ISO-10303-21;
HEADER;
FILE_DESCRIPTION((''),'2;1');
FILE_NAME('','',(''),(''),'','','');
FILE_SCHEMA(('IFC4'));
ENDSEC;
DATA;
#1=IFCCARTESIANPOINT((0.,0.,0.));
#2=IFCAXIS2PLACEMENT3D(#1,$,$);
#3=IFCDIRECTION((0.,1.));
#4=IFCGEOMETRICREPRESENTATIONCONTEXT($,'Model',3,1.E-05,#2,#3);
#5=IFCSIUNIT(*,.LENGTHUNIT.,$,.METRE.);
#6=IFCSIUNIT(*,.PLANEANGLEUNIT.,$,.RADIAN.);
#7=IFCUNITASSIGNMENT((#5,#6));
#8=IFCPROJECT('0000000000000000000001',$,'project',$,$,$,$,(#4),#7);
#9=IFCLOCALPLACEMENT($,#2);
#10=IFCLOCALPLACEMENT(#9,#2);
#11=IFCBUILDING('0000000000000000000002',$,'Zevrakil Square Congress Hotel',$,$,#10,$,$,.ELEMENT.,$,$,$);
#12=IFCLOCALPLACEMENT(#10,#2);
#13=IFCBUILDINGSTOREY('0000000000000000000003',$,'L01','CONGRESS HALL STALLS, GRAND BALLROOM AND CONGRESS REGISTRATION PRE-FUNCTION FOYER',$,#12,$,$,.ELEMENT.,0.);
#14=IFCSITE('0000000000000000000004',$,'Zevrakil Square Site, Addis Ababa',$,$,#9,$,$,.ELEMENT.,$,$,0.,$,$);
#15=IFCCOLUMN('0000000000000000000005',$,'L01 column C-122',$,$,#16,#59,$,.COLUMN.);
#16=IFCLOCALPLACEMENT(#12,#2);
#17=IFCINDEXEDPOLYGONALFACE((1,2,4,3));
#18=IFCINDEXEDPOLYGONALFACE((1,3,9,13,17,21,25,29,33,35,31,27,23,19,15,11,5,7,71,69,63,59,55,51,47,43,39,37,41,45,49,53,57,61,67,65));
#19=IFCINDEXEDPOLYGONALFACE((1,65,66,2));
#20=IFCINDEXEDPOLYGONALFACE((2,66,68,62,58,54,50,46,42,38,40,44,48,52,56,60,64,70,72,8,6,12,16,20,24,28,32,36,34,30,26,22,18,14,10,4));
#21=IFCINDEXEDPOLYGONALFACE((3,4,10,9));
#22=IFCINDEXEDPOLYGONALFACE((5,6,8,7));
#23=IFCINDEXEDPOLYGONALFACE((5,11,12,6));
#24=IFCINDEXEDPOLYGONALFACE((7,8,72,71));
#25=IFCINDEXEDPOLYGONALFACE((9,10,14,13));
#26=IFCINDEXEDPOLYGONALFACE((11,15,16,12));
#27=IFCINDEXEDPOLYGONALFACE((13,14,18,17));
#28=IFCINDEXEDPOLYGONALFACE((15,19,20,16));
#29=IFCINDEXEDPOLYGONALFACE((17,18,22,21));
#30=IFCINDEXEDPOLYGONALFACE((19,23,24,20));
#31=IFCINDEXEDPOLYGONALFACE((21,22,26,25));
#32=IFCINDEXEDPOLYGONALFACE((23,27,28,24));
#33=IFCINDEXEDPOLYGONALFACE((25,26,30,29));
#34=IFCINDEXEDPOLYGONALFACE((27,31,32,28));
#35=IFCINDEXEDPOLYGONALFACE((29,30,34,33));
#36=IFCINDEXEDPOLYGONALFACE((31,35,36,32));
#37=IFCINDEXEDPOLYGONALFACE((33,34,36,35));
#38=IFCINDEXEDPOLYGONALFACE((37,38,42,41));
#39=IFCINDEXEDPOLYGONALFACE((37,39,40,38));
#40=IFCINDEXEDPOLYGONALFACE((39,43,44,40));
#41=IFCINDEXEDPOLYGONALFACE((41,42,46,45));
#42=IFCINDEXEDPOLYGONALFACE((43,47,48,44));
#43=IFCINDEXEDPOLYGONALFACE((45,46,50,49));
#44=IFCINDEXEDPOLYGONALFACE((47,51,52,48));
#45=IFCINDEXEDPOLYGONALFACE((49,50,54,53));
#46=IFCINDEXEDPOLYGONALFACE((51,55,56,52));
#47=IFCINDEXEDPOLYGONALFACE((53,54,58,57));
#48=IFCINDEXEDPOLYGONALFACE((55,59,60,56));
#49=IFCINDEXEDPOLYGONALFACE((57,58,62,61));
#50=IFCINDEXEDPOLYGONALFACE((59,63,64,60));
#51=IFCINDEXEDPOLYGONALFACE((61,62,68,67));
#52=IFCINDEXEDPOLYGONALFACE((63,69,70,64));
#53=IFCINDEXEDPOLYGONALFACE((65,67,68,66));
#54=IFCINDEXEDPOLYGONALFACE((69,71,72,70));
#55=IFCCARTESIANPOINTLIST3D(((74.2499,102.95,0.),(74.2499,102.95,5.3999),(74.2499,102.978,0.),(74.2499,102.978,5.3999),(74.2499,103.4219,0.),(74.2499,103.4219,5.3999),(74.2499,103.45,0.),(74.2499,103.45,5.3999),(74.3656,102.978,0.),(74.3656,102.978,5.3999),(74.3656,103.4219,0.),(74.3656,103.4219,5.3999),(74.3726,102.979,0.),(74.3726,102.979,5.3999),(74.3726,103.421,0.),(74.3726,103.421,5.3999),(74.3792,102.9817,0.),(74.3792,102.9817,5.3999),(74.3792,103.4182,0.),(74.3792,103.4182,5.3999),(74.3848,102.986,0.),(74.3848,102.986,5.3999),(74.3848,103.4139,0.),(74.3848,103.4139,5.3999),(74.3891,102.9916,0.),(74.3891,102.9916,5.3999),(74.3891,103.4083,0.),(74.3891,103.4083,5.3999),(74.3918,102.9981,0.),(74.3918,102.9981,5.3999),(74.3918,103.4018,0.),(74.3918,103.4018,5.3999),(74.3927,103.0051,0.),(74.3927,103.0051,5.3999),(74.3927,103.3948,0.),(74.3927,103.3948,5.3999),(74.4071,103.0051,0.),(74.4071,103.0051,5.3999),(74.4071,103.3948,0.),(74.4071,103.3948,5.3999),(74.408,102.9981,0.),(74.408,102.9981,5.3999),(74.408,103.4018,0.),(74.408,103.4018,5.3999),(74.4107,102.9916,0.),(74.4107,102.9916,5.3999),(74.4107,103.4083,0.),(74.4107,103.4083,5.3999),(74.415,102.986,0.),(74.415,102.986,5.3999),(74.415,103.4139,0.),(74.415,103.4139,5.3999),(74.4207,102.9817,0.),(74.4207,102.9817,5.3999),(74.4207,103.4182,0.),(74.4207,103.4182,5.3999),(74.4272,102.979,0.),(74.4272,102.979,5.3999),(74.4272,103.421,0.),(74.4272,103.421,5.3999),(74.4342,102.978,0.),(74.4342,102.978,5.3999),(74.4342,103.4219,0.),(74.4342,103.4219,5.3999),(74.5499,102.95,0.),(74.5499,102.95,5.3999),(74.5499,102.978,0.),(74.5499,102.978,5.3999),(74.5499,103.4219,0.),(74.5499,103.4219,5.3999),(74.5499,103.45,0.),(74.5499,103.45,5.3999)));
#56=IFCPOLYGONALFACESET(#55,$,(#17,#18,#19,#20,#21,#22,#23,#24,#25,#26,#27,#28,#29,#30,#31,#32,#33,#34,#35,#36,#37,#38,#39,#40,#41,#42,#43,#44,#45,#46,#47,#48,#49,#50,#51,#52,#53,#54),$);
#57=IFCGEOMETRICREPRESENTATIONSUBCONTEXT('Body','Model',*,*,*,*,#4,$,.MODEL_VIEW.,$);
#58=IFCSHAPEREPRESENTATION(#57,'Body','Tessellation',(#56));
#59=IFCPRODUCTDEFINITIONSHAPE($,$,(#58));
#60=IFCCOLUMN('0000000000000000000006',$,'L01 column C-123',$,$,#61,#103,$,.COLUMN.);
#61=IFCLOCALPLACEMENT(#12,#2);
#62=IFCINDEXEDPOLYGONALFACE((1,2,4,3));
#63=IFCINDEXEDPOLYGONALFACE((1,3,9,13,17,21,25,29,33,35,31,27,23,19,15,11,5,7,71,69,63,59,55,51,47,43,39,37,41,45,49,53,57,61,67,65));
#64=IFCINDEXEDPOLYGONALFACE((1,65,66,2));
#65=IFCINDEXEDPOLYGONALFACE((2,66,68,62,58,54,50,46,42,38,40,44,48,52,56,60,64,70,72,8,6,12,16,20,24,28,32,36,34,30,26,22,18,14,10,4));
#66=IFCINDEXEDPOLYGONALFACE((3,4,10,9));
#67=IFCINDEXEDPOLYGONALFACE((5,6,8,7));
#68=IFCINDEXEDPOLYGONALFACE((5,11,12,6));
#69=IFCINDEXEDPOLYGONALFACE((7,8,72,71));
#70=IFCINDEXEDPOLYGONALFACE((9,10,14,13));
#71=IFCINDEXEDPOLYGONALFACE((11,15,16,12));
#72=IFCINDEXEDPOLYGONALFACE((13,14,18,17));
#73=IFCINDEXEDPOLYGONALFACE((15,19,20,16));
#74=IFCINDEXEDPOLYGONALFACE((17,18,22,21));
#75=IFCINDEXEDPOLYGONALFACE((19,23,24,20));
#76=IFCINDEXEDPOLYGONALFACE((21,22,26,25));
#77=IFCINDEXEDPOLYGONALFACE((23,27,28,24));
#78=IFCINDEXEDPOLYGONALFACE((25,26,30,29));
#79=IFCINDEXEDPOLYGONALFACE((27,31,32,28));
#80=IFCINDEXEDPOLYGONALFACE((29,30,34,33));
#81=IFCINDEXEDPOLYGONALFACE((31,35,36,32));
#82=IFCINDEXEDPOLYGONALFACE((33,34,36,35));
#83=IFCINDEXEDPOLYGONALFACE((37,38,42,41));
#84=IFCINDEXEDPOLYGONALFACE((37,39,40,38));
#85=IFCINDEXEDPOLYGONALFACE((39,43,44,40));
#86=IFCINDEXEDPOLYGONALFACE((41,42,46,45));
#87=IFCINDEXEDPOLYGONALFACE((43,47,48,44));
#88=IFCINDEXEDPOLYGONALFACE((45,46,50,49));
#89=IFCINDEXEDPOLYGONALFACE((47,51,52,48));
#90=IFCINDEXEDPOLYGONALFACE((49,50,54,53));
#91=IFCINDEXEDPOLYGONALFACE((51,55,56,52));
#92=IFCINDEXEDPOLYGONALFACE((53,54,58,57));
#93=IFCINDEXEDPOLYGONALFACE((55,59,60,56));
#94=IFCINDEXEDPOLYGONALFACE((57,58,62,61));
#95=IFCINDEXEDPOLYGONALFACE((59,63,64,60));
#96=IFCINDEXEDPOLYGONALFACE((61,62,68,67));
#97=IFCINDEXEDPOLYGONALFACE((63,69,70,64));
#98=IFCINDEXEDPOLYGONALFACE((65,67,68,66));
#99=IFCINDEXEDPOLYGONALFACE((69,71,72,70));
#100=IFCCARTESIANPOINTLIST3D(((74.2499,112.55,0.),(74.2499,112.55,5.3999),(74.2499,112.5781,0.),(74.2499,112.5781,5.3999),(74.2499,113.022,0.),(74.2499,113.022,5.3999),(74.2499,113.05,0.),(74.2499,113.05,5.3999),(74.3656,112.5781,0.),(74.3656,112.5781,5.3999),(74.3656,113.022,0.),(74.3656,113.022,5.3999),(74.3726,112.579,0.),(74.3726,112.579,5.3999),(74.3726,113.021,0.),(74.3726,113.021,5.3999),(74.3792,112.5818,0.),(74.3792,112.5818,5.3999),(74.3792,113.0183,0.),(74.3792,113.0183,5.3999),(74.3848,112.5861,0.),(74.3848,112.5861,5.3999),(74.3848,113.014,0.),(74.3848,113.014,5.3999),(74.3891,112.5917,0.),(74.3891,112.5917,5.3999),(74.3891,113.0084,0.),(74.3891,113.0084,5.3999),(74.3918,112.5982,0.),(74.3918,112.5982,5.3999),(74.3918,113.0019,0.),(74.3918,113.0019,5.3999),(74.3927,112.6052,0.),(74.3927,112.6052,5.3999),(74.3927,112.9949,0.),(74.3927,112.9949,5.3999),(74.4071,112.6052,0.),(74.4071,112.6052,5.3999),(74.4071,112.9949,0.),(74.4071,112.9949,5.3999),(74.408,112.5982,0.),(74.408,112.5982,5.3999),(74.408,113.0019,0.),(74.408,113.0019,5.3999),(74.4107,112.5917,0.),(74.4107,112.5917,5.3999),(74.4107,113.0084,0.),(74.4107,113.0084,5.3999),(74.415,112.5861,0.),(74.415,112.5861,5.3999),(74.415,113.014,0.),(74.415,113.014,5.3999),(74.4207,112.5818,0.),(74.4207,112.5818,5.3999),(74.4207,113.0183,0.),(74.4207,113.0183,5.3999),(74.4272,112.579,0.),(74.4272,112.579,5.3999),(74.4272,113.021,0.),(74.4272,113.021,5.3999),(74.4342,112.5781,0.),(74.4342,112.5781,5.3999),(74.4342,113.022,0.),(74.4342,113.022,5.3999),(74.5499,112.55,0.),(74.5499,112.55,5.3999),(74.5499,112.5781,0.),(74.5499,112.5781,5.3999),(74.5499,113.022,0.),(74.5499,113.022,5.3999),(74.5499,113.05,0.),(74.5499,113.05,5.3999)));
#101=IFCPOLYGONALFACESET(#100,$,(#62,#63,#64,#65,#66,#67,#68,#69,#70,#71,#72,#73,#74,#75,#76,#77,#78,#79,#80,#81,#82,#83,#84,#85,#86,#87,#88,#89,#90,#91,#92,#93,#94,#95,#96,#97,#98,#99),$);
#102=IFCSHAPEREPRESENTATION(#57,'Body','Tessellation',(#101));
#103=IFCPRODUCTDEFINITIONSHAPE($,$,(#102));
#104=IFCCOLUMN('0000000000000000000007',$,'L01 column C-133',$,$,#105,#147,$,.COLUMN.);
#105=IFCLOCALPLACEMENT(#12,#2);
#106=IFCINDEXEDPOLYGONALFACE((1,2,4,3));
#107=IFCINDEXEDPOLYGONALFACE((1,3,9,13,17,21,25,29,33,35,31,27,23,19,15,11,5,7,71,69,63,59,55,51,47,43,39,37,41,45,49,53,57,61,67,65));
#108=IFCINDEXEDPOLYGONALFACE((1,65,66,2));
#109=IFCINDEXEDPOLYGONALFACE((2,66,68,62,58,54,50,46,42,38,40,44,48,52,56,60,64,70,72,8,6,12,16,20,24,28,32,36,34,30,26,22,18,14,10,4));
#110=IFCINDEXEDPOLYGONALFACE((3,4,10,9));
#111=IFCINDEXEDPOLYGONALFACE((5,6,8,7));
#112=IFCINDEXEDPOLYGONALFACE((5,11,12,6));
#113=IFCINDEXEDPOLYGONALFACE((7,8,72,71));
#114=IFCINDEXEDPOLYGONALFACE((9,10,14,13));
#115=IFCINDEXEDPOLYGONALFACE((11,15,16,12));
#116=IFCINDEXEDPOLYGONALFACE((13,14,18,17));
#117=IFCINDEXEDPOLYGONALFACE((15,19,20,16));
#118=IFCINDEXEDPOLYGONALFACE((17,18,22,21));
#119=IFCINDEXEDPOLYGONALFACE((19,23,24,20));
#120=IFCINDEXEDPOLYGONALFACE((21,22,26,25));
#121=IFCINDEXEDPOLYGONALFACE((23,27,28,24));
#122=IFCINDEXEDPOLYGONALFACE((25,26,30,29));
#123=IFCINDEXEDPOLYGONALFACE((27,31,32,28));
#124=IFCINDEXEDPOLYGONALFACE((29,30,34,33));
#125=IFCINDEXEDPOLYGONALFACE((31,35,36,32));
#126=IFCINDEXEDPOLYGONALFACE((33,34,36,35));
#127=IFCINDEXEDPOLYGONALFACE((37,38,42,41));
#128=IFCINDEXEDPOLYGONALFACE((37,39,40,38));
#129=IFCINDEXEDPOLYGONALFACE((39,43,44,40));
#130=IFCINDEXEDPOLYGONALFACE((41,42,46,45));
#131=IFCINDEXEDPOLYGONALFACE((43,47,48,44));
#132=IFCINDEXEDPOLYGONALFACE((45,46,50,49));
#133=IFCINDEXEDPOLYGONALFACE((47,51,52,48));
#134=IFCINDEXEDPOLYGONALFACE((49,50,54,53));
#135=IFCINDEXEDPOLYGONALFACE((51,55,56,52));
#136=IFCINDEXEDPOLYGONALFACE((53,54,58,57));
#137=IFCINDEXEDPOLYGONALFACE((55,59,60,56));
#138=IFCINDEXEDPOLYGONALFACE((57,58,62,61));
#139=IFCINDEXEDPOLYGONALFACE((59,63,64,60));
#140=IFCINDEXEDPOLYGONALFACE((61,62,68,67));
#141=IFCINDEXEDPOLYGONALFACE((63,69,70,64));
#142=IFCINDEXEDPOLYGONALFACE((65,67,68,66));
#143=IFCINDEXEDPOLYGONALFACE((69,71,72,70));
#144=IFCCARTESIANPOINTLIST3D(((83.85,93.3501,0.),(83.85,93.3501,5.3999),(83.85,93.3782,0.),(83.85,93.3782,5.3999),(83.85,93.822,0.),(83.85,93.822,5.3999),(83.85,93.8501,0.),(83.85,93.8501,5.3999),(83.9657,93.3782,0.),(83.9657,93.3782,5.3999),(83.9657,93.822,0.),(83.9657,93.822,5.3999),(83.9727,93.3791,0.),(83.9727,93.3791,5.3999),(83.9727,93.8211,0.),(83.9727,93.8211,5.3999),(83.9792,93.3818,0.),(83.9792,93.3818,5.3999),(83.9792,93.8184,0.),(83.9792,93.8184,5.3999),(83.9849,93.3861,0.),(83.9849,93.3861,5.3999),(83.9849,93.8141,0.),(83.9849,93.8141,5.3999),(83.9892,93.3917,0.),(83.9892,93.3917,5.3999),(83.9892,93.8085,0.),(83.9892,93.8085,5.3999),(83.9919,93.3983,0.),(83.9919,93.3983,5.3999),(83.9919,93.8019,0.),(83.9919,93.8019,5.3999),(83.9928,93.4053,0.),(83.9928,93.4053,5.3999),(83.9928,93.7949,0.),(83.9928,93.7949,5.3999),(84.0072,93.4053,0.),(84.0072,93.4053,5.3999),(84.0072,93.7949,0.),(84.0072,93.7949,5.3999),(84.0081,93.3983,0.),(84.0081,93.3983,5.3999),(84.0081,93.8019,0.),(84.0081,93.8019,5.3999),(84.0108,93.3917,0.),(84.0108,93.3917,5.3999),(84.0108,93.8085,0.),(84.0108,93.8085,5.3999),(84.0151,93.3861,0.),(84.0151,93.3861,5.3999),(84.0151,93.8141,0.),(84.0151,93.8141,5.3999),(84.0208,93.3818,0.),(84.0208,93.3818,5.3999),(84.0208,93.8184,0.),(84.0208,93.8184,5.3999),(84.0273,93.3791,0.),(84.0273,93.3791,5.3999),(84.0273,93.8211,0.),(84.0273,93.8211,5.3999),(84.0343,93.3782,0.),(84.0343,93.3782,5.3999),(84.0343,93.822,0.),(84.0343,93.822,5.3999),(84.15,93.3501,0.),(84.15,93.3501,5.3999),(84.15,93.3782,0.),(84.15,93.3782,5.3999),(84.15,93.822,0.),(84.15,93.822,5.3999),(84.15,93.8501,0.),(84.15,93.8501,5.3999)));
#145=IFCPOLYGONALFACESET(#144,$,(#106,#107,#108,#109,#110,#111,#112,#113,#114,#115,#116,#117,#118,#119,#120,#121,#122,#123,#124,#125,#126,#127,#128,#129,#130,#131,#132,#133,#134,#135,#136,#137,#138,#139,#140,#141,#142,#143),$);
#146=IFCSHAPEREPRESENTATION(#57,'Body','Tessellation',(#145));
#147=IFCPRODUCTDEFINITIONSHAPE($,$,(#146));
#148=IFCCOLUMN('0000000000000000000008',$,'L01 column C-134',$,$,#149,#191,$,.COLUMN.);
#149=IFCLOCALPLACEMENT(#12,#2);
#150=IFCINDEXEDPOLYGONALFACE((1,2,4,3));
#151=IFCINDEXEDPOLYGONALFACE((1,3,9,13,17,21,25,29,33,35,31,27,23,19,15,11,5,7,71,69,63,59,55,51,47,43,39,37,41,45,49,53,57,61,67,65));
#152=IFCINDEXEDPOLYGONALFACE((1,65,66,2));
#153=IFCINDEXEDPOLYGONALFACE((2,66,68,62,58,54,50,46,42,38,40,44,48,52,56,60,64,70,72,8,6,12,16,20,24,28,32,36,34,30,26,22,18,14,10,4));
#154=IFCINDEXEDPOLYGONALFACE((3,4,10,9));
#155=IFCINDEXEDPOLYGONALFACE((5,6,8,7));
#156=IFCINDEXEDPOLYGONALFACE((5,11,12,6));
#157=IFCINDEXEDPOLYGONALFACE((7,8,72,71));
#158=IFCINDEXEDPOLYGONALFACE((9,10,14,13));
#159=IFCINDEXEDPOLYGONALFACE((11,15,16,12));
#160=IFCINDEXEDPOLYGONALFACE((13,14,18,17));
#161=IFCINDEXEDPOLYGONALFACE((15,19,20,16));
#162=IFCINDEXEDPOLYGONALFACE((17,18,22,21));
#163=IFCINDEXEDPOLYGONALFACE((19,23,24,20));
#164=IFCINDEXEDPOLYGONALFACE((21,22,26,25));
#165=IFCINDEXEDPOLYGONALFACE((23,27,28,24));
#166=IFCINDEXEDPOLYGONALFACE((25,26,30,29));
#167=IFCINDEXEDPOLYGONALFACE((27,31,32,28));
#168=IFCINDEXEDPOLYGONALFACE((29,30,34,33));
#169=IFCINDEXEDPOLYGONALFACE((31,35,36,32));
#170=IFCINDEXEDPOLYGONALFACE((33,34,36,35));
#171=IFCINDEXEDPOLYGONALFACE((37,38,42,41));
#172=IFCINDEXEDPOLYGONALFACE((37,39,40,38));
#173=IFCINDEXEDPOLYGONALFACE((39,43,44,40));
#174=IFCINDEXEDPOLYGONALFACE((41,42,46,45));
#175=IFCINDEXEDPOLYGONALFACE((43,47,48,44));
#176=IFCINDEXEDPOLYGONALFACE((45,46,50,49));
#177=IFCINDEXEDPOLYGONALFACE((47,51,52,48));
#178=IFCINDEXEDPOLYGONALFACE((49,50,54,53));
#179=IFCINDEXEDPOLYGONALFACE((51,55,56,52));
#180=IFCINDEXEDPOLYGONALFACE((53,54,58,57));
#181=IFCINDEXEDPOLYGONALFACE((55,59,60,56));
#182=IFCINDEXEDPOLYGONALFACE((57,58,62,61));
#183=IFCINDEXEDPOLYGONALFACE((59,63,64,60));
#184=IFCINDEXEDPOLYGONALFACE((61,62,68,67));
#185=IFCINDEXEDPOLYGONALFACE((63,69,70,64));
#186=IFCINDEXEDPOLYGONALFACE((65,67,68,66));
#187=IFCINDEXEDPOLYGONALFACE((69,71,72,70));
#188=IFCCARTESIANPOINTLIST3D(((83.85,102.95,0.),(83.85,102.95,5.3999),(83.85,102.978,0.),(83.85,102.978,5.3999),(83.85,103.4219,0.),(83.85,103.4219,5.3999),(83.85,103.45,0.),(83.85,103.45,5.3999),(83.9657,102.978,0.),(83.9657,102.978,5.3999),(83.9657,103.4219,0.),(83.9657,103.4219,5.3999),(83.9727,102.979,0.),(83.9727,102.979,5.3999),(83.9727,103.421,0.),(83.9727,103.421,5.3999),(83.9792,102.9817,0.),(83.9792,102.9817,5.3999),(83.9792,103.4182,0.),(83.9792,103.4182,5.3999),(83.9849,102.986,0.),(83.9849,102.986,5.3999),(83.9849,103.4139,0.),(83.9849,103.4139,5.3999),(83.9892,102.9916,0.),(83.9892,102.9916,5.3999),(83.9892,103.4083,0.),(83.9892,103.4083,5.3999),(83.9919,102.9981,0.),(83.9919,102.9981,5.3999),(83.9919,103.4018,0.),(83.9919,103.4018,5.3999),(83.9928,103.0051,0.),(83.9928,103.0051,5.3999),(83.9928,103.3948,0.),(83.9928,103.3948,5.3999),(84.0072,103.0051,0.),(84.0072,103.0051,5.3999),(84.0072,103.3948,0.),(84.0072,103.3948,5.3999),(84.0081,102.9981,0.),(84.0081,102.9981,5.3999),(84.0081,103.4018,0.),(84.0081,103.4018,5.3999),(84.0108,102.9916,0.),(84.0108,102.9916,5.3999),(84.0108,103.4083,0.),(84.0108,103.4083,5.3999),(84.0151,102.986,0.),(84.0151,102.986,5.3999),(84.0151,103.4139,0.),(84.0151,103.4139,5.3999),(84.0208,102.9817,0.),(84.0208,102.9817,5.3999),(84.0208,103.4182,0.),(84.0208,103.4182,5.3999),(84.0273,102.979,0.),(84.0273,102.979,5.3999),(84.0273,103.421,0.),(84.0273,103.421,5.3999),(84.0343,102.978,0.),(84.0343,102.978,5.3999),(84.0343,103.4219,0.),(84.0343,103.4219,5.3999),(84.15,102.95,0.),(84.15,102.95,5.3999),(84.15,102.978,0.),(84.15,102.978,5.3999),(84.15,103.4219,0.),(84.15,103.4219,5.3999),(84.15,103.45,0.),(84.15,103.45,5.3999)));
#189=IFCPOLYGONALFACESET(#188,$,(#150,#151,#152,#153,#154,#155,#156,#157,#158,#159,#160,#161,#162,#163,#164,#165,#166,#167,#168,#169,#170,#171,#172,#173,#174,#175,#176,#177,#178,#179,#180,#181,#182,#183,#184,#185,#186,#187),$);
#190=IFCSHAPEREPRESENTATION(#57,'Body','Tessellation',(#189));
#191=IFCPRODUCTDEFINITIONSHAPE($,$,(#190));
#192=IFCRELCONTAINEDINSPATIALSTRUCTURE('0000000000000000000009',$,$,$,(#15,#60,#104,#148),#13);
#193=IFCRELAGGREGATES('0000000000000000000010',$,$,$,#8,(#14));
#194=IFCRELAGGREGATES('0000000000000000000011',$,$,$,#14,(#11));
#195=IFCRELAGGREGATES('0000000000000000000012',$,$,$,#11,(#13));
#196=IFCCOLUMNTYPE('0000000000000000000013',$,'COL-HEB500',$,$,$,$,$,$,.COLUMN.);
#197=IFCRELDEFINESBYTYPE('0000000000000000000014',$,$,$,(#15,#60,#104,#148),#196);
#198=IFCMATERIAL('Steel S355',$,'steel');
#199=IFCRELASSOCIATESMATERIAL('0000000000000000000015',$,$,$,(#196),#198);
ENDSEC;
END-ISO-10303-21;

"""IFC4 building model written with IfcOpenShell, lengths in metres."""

from ifc_helpers import new_model, si_unit, direction, frame, origin, origin_2d, place, context, subcontext, project, spatial, i_section, extrude, material, material_profile, profile_set, type_object, element, save


model = new_model("IFC4")

# Units and contexts
model_context = context("Model", 3, precision=1e-05, world=origin(), true_north=direction((0.0, 1.0)))
body_context = subcontext(model_context, "Body", "Model", "MODEL_VIEW")
ifc_project = project(units=[si_unit("LENGTHUNIT", "METRE"), si_unit("PLANEANGLEUNIT", "RADIAN")], contexts=[model_context])

# Site, building, storey
site_placement = place(None, origin())
site = spatial("IfcSite", under=ifc_project, at=site_placement, Name="Zevrakil Square Site, Addis Ababa", CompositionType="ELEMENT", RefElevation=0.0)
building_placement = place(site_placement, origin())
building = spatial("IfcBuilding", under=site, at=building_placement, Name="Zevrakil Square Congress Hotel", CompositionType="ELEMENT")
storey_placement = place(building_placement, origin())
storey = spatial("IfcBuildingStorey", under=building, at=storey_placement, Name="L01", Description="CONGRESS HALL STALLS, GRAND BALLROOM AND CONGRESS REGISTRATION PRE-FUNCTION FOYER", CompositionType="ELEMENT", Elevation=0.0)

# Columns
ifc_material_1 = material(Name="Steel S355", Category="steel")
ifc_material_profile_1 = material_profile(ifc_material_1, i_section(OverallWidth=0.3, OverallDepth=0.5, WebThickness=0.0144, FlangeThickness=0.0281, FilletRadius=0.0271, at=origin_2d()), Name="HEB 500")
ifc_profile_set_1 = profile_set([ifc_material_profile_1], Name="Steel S355")
column_type = type_object("IfcColumnType", Name="COL-HEB500", PredefinedType="COLUMN", material=ifc_profile_set_1)
for number, where, z_axis, x_axis, name in (
    (1, (74.3999, 103.2, 0.0), (0.0, 0.0, 1.0), (1.0, 0.0, 0.0), "L01 column C-122"),
    (2, (74.3999, 112.8, 0.0), (0.0, 0.0, 1.0), (1.0, 0.0, 0.0), "L01 column C-123"),
    (3, (84.0, 93.6001, 0.0), (0.0, 0.0, 1.0), (1.0, 0.0, 0.0), "L01 column C-133"),
    (4, (84.0, 103.2, 0.0), (0.0, 0.0, 1.0), (1.0, 0.0, 0.0), "L01 column C-134"),
):
    element("IfcColumn", number, at=place(storey_placement, frame(where, z_axis=z_axis, x_axis=x_axis)), inside=storey, type_object=column_type, Name=name, PredefinedType="COLUMN", context=body_context, shape_type="SweptSolid", body=[
        extrude(i_section(OverallWidth=0.3, OverallDepth=0.5, WebThickness=0.0144, FlangeThickness=0.0281, FilletRadius=0.0271, at=origin_2d()), origin(), (0.0, 0.0, 1.0), 5.3999),
    ])

save(model, "model.ifc")
